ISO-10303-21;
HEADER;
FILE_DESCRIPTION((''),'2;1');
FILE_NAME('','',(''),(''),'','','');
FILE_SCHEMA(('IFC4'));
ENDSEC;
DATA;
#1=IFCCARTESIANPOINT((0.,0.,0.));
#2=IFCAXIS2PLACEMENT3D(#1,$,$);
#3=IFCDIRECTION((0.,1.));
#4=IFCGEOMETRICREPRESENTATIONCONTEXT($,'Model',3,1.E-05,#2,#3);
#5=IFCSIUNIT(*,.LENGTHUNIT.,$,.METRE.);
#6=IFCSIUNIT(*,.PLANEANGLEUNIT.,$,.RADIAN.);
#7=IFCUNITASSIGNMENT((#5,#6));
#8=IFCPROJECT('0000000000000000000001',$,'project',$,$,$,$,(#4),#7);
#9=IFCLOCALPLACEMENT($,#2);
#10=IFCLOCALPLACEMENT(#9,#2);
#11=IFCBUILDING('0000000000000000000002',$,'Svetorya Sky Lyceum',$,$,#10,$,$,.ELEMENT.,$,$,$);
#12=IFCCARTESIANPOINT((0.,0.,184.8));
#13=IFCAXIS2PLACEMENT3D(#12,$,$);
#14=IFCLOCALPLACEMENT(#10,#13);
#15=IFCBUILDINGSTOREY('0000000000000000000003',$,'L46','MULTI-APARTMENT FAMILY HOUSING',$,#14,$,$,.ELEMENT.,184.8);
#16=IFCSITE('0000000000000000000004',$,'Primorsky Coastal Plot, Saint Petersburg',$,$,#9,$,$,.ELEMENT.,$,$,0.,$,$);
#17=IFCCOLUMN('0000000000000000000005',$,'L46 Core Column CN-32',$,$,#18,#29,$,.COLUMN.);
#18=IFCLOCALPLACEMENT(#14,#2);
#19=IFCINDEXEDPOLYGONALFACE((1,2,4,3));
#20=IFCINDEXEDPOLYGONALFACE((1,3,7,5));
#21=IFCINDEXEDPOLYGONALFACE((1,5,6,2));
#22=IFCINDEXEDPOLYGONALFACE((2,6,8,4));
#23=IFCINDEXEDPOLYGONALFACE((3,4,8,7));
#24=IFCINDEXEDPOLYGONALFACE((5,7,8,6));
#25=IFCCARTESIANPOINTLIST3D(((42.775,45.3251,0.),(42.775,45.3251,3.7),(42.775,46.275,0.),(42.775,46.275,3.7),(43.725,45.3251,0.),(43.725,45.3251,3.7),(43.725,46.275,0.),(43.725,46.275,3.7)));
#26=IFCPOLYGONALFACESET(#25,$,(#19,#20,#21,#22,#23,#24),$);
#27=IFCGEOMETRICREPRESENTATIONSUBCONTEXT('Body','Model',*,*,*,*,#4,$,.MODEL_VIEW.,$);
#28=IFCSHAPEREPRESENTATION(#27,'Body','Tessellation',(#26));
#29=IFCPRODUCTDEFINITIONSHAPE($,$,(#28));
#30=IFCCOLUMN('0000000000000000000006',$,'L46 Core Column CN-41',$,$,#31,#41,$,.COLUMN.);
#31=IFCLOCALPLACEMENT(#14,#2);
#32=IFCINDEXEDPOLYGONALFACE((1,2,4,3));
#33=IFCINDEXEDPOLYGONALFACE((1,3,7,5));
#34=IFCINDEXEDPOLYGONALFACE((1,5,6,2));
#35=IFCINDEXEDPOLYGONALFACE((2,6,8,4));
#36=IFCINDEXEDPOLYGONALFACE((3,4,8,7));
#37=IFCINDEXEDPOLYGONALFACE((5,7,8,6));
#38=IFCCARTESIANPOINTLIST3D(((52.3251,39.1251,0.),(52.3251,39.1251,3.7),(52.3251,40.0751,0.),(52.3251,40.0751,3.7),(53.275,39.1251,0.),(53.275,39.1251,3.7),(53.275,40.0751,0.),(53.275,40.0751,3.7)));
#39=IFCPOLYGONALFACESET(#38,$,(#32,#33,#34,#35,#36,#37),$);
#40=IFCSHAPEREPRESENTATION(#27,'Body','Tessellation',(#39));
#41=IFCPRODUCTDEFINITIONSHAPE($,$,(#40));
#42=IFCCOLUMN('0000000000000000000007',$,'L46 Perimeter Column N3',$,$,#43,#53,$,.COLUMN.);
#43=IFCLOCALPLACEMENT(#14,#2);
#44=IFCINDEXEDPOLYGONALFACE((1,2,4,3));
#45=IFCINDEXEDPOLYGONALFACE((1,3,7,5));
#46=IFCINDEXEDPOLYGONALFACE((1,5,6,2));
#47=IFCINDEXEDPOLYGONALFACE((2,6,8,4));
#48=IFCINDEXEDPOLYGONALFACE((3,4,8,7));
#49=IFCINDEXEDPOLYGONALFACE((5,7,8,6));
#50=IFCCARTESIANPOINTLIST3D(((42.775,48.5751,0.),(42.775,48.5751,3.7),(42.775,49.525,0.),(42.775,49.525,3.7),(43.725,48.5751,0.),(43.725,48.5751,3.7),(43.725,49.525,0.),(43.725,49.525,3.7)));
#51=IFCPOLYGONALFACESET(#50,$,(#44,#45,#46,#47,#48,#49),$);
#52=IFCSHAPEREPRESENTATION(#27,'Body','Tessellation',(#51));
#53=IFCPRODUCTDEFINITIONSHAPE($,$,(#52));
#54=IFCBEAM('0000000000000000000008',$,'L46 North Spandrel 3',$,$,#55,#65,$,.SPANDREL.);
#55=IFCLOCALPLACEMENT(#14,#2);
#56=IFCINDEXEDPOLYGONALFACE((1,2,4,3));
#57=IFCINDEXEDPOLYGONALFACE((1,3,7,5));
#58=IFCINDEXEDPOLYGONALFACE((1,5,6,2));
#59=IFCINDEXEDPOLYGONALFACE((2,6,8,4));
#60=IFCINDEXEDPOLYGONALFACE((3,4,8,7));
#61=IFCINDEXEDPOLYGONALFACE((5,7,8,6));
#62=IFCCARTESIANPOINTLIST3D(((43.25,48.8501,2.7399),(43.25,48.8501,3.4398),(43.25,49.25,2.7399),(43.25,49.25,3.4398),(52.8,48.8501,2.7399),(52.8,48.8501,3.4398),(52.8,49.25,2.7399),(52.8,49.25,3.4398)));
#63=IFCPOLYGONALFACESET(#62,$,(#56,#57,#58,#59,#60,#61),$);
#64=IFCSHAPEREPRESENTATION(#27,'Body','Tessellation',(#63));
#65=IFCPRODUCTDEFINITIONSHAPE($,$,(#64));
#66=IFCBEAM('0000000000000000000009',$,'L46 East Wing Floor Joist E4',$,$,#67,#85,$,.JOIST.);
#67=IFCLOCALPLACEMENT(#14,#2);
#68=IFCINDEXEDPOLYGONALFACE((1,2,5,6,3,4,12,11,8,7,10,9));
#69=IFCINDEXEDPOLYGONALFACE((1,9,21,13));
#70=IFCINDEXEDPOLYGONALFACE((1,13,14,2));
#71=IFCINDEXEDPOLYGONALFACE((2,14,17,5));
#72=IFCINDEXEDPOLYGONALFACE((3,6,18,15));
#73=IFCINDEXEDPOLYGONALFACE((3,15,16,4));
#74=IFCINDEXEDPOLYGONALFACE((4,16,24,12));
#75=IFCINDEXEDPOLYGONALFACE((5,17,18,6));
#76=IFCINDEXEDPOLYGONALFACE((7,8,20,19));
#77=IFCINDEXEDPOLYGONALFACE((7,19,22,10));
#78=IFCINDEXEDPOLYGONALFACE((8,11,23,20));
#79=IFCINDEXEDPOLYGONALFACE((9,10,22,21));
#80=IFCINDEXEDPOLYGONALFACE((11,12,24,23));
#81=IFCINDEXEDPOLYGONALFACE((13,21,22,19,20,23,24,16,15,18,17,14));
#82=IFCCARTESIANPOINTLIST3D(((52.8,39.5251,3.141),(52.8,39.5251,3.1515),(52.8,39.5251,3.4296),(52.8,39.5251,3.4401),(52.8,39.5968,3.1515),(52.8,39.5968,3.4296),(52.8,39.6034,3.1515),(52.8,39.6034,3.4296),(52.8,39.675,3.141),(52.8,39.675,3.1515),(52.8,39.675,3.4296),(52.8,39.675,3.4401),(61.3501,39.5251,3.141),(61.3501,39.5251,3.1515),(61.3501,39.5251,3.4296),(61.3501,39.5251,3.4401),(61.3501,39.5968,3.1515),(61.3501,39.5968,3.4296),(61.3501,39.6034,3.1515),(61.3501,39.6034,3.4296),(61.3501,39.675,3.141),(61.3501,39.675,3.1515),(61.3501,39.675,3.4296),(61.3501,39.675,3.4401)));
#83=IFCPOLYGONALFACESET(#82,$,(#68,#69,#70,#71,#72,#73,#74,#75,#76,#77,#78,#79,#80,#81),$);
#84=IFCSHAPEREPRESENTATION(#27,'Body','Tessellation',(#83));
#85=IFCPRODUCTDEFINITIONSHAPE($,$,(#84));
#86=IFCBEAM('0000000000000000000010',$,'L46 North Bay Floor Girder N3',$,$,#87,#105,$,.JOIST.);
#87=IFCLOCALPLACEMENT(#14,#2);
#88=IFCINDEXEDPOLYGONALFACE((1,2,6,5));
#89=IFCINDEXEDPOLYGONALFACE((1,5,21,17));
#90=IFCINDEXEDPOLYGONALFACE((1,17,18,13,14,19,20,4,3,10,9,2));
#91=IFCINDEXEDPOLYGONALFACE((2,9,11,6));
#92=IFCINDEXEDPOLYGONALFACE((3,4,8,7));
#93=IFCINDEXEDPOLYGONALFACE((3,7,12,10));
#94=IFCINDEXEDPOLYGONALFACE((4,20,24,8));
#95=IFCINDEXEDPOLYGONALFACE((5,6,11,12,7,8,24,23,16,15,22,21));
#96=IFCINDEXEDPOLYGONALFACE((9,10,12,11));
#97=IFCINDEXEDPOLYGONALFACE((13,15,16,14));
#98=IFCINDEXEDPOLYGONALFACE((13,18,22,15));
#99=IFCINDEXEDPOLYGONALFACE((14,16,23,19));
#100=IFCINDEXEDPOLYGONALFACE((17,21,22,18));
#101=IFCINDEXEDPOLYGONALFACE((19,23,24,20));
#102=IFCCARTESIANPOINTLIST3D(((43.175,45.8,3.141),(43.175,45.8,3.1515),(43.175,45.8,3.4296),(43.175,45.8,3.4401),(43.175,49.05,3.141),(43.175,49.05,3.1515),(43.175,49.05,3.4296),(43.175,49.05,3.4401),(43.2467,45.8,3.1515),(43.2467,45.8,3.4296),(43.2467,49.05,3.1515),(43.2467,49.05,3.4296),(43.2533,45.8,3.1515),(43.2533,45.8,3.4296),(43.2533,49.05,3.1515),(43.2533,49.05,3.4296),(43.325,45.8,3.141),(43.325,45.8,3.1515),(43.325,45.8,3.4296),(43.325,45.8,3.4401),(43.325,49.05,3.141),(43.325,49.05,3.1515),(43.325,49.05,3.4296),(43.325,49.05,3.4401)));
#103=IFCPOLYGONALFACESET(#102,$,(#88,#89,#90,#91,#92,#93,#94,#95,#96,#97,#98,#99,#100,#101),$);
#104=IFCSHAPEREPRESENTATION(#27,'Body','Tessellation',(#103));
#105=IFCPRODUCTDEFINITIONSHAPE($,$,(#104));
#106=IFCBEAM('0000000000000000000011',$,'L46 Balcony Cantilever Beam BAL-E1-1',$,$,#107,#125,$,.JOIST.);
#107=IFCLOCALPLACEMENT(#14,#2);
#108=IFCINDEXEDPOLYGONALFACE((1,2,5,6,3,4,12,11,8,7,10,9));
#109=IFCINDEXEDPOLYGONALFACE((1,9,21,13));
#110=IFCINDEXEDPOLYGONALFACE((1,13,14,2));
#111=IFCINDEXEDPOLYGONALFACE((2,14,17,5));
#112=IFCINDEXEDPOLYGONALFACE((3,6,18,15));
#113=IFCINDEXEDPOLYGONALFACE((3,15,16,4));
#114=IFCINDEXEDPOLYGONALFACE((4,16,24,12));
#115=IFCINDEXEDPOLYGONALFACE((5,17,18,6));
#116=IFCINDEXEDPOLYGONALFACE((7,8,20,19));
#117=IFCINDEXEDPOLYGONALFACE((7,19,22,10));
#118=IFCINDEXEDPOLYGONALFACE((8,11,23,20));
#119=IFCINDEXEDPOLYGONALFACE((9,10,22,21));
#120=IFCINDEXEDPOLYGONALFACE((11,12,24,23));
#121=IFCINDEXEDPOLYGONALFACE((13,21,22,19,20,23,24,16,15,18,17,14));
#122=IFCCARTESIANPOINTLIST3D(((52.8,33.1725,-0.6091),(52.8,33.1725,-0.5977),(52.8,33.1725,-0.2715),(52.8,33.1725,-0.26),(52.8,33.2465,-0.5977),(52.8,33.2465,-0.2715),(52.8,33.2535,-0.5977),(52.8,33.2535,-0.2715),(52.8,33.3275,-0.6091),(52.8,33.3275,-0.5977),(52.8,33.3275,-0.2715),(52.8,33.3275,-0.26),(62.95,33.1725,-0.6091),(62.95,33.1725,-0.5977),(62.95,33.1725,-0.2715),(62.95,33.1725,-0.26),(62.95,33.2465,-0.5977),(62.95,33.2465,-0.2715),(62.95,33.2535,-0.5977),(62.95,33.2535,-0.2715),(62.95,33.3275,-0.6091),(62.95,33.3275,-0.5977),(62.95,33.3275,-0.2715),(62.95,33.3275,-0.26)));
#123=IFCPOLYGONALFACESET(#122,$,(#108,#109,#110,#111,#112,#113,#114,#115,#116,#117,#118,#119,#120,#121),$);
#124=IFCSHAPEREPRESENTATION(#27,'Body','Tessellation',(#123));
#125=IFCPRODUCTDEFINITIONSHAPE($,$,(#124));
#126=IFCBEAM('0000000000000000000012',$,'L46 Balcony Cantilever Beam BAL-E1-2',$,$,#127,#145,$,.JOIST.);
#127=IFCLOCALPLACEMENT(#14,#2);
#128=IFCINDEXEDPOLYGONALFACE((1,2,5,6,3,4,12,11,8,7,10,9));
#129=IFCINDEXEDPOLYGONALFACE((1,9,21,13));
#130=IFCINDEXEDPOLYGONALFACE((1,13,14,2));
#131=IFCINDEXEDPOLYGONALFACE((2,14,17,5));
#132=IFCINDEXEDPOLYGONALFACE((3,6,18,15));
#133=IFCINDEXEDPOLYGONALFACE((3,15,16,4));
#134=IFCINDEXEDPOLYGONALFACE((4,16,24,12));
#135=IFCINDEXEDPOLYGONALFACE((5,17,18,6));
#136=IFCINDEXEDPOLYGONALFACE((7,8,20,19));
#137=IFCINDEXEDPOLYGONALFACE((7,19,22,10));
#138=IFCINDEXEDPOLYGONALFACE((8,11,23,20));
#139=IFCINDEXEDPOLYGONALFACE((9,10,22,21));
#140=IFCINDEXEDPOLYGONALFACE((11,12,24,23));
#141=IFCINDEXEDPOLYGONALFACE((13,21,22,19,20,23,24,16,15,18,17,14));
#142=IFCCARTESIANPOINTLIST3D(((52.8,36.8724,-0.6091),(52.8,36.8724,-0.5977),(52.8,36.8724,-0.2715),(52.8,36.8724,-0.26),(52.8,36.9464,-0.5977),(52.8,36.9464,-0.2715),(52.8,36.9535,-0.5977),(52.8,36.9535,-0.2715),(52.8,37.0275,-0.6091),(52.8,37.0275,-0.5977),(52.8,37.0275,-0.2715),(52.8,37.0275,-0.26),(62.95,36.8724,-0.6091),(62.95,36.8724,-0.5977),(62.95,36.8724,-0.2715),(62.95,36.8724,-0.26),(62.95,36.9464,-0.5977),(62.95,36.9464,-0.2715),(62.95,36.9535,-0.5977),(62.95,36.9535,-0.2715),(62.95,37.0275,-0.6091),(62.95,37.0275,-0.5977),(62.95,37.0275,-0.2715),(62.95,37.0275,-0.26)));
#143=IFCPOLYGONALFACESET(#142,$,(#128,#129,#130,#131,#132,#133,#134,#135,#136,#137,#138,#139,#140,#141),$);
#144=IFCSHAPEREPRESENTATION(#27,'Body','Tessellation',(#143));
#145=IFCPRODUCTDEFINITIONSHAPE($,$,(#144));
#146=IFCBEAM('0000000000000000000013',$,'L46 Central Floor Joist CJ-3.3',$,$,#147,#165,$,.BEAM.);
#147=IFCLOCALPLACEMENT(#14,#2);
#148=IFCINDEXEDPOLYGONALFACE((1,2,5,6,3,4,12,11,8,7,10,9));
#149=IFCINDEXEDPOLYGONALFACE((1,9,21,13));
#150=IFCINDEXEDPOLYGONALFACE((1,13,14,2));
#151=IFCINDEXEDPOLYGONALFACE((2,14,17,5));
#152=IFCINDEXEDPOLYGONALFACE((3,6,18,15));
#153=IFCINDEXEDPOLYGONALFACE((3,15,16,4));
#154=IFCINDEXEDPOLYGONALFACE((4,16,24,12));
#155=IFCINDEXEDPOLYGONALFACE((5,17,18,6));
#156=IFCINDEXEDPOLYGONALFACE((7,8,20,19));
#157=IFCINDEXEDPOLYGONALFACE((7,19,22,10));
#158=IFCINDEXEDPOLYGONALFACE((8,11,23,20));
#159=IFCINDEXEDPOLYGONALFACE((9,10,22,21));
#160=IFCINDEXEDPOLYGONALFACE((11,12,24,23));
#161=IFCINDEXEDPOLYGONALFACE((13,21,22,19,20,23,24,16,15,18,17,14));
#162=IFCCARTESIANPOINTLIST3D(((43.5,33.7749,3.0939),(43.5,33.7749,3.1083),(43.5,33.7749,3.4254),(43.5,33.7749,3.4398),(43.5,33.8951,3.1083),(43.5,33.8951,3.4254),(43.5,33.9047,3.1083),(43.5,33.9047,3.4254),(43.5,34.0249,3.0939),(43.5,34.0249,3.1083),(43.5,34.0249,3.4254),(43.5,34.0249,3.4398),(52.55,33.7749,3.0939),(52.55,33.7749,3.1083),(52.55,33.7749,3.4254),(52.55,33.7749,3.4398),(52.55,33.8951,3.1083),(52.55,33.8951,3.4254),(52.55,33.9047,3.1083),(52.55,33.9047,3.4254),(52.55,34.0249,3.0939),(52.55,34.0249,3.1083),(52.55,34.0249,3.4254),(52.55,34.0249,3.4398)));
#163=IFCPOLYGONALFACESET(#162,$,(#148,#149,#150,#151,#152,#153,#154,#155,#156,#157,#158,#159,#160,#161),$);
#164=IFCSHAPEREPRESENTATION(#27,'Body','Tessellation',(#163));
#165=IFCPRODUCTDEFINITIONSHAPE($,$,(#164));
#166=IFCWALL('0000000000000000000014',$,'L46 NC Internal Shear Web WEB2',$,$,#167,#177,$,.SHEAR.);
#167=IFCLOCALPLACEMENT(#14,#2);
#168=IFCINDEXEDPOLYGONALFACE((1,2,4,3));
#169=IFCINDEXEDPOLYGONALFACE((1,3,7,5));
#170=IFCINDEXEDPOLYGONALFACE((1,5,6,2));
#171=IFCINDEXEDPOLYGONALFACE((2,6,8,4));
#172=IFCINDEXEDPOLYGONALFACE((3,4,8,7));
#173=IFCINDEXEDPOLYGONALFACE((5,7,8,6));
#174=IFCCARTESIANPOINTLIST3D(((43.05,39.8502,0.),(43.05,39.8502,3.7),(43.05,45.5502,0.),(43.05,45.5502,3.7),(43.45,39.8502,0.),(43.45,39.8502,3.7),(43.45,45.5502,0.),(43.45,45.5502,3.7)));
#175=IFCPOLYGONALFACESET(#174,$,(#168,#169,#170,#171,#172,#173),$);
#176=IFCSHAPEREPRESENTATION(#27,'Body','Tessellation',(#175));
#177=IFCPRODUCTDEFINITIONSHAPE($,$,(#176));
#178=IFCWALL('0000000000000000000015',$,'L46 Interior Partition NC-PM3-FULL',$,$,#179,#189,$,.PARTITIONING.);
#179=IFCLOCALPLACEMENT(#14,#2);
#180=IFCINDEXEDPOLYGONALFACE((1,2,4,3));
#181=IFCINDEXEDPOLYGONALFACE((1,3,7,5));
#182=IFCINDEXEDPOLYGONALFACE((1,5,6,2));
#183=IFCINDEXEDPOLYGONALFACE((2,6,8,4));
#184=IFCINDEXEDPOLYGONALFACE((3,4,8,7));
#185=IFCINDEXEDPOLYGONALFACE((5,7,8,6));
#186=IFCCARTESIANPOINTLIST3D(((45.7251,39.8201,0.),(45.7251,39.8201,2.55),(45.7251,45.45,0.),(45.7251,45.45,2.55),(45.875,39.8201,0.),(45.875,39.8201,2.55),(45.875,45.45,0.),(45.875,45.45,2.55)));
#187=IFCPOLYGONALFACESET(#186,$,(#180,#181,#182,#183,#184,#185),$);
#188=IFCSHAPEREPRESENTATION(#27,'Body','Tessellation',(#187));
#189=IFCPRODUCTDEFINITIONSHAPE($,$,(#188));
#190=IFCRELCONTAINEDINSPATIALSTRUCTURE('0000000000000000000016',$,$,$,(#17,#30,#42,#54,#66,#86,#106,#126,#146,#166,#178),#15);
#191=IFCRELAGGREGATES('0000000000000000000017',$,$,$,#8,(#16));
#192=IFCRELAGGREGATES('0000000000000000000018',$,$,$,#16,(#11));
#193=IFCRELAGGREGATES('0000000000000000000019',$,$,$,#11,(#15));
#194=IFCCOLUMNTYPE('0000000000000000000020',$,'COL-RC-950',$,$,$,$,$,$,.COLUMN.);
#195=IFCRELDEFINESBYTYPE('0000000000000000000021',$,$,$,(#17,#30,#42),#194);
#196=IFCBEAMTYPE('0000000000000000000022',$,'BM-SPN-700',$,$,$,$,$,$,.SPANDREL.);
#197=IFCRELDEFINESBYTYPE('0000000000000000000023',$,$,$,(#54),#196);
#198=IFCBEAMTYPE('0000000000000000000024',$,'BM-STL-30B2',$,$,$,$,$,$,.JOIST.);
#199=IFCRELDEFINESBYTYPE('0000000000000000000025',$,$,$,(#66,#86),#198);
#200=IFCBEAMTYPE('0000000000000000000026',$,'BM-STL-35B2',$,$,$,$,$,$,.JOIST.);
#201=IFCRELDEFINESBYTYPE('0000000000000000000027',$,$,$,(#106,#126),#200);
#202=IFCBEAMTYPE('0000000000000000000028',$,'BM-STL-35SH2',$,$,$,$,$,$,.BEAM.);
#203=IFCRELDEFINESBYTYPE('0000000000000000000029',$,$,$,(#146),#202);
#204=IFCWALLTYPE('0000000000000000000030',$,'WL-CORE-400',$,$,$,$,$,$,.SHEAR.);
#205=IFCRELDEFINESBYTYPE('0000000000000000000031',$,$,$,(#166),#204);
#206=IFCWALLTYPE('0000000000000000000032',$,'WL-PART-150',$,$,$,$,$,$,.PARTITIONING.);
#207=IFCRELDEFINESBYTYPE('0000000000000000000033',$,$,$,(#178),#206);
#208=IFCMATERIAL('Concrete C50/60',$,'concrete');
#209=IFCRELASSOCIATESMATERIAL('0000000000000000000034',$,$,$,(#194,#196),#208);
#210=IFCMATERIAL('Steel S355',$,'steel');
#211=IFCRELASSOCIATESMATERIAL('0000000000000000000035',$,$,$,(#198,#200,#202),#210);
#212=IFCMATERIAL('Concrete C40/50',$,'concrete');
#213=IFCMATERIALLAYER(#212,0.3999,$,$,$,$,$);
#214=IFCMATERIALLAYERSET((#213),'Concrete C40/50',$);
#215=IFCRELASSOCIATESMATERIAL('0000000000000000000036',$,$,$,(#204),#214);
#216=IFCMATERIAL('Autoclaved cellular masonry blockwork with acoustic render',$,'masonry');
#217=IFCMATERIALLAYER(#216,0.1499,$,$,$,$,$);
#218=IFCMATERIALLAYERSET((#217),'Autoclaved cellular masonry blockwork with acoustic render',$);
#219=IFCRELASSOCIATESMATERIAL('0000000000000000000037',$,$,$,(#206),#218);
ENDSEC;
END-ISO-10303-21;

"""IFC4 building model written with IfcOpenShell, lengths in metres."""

from ifc_helpers import new_model, si_unit, direction, frame, frame_2d, origin, origin_2d, place, context, subcontext, project, spatial, rectangle, i_section, extrude, material, layer, layer_set, material_profile, profile_set, type_object, element, save


model = new_model("IFC4")

# Units and contexts
model_context = context("Model", 3, precision=1e-05, world=origin(), true_north=direction((0.0, 1.0)))
body_context = subcontext(model_context, "Body", "Model", "MODEL_VIEW")
ifc_project = project(units=[si_unit("LENGTHUNIT", "METRE"), si_unit("PLANEANGLEUNIT", "RADIAN")], contexts=[model_context])

# Site, building, storey
site_placement = place(None, origin())
site = spatial("IfcSite", under=ifc_project, at=site_placement, Name="Primorsky Coastal Plot, Saint Petersburg", CompositionType="ELEMENT", RefElevation=0.0)
building_placement = place(site_placement, origin())
building = spatial("IfcBuilding", under=site, at=building_placement, Name="Svetorya Sky Lyceum", CompositionType="ELEMENT")
storey_placement = place(building_placement, frame((0.0, 0.0, 184.8)))
storey = spatial("IfcBuildingStorey", under=building, at=storey_placement, Name="L46", Description="MULTI-APARTMENT FAMILY HOUSING", CompositionType="ELEMENT", Elevation=184.8)

# Columns
ifc_material_1 = material(Name="Concrete C50/60", Category="concrete")
ifc_material_profile_1 = material_profile(ifc_material_1, rectangle(XDim=0.95, YDim=0.95, at=origin_2d()), Name="RC COL 950x950")
ifc_profile_set_1 = profile_set([ifc_material_profile_1], Name="Concrete C50/60")
column_type = type_object("IfcColumnType", Name="COL-RC-950", PredefinedType="COLUMN", material=ifc_profile_set_1)
for number, where, z_axis, x_axis, name in (
    (1, (43.25, 45.8, 0.0), (0.0, 0.0, 1.0), (1.0, 0.0, 0.0), "L46 Core Column CN-32"),
    (2, (52.8, 39.6001, 0.0), (0.0, 0.0, 1.0), (1.0, 0.0, 0.0), "L46 Core Column CN-41"),
    (3, (43.25, 49.05, 0.0), (0.0, 0.0, 1.0), (1.0, 0.0, 0.0), "L46 Perimeter Column N3"),
):
    element("IfcColumn", number, at=place(storey_placement, frame(where, z_axis=z_axis, x_axis=x_axis)), inside=storey, type_object=column_type, Name=name, PredefinedType="COLUMN", context=body_context, shape_type="SweptSolid", body=[
        extrude(rectangle(XDim=0.95, YDim=0.95, at=origin_2d()), origin(), (0.0, 0.0, 1.0), 3.7),
    ])

# Beams
ifc_material_profile_2 = material_profile(ifc_material_1, rectangle(XDim=0.3999, YDim=0.7, at=origin_2d()), Name="RC SPANDREL 400x700")
ifc_profile_set_2 = profile_set([ifc_material_profile_2], Name="Concrete C50/60")
beam_type_1 = type_object("IfcBeamType", Name="BM-SPN-700", PredefinedType="SPANDREL", material=ifc_profile_set_2)
beam_1_placement = place(storey_placement, frame((43.25, 49.05, 3.0898), z_axis=(1.0, 0.0, 0.0), x_axis=(0.0, 1.0, 0.0)))
element("IfcBeam", 4, at=beam_1_placement, inside=storey, type_object=beam_type_1, Name="L46 North Spandrel 3", PredefinedType="SPANDREL", context=body_context, shape_type="SweptSolid", body=[
    extrude(rectangle(XDim=0.3999, YDim=0.7, at=origin_2d()), origin(), (0.0, 0.0, 1.0), 9.55),
])
ifc_material_2 = material(Name="Steel S355", Category="steel")
ifc_material_profile_3 = material_profile(ifc_material_2, i_section(OverallWidth=0.1499, OverallDepth=0.2991, WebThickness=0.0066, FlangeThickness=0.0105, at=origin_2d()), Name="GOST 30B2")
ifc_profile_set_3 = profile_set([ifc_material_profile_3], Name="Steel S355")
beam_type_2 = type_object("IfcBeamType", Name="BM-STL-30B2", PredefinedType="JOIST", material=ifc_profile_set_3)
beam_2_placement = place(storey_placement, frame((52.8, 39.6001, 3.2905), z_axis=(1.0, 0.0, 0.0), x_axis=(0.0, 1.0, 0.0)))
element("IfcBeam", 5, at=beam_2_placement, inside=storey, type_object=beam_type_2, Name="L46 East Wing Floor Joist E4", PredefinedType="JOIST", context=body_context, shape_type="SweptSolid", body=[
    extrude(i_section(OverallWidth=0.1499, OverallDepth=0.2991, WebThickness=0.0066, FlangeThickness=0.0105, at=origin_2d()), origin(), (0.0, 0.0, 1.0), 8.55),
])
beam_3_placement = place(storey_placement, frame((43.25, 45.8, 3.2905), z_axis=(0.0, 1.0, 0.0), x_axis=(-1.0, 0.0, 0.0)))
element("IfcBeam", 6, at=beam_3_placement, inside=storey, type_object=beam_type_2, Name="L46 North Bay Floor Girder N3", PredefinedType="JOIST", context=body_context, shape_type="SweptSolid", body=[
    extrude(i_section(OverallWidth=0.1499, OverallDepth=0.2991, WebThickness=0.0066, FlangeThickness=0.0105, at=origin_2d()), origin(), (0.0, 0.0, 1.0), 3.25),
])
ifc_material_profile_4 = material_profile(ifc_material_2, i_section(OverallWidth=0.155, OverallDepth=0.3491, WebThickness=0.0071, FlangeThickness=0.0115, at=origin_2d()), Name="GOST 35B2")
ifc_profile_set_4 = profile_set([ifc_material_profile_4], Name="Steel S355")
beam_type_3 = type_object("IfcBeamType", Name="BM-STL-35B2", PredefinedType="JOIST", material=ifc_profile_set_4)
for number, where, z_axis, x_axis, name in (
    (7, (52.8, 33.25, -0.4346), (1.0, 0.0, 0.0), (0.0, 1.0, 0.0), "L46 Balcony Cantilever Beam BAL-E1-1"),
    (8, (52.8, 36.95, -0.4346), (1.0, 0.0, 0.0), (0.0, 1.0, 0.0), "L46 Balcony Cantilever Beam BAL-E1-2"),
):
    element("IfcBeam", number, at=place(storey_placement, frame(where, z_axis=z_axis, x_axis=x_axis)), inside=storey, type_object=beam_type_3, Name=name, PredefinedType="JOIST", context=body_context, shape_type="SweptSolid", body=[
        extrude(i_section(OverallWidth=0.155, OverallDepth=0.3491, WebThickness=0.0071, FlangeThickness=0.0115, at=origin_2d()), origin(), (0.0, 0.0, 1.0), 10.1499),
    ])
ifc_material_profile_5 = material_profile(ifc_material_2, i_section(OverallWidth=0.25, OverallDepth=0.3459, WebThickness=0.0095, FlangeThickness=0.0144, at=origin_2d()), Name="GOST 35Sh2")
ifc_profile_set_5 = profile_set([ifc_material_profile_5], Name="Steel S355")
beam_type_4 = type_object("IfcBeamType", Name="BM-STL-35SH2", PredefinedType="BEAM", material=ifc_profile_set_5)
beam_4_placement = place(storey_placement, frame((43.5, 33.8999, 3.2668), z_axis=(1.0, 0.0, 0.0), x_axis=(0.0, 1.0, 0.0)))
element("IfcBeam", 9, at=beam_4_placement, inside=storey, type_object=beam_type_4, Name="L46 Central Floor Joist CJ-3.3", PredefinedType="BEAM", context=body_context, shape_type="SweptSolid", body=[
    extrude(i_section(OverallWidth=0.25, OverallDepth=0.3459, WebThickness=0.0095, FlangeThickness=0.0144, at=origin_2d()), origin(), (0.0, 0.0, 1.0), 9.05),
])

# Wall
ifc_material_3 = material(Name="Concrete C40/50", Category="concrete")
ifc_layer_1 = layer(ifc_material_3, 0.3999)
ifc_layer_set_1 = layer_set([ifc_layer_1], Name="Concrete C40/50")
wall_type_1 = type_object("IfcWallType", Name="WL-CORE-400", PredefinedType="SHEAR", material=ifc_layer_set_1)
wall_1_placement = place(storey_placement, frame((43.25, 39.8501, 0.0), z_axis=(0.0, 0.0, 1.0), x_axis=(0.0, 1.0, 0.0)))
element("IfcWall", 10, at=wall_1_placement, inside=storey, type_object=wall_type_1, Name="L46 NC Internal Shear Web WEB2", PredefinedType="SHEAR", context=body_context, shape_type="SweptSolid", body=[
    extrude(rectangle(XDim=5.7, YDim=0.3999, at=frame_2d((2.8501, 0.0))), origin(), (0.0, 0.0, 1.0), 3.7),
])

# Wall
ifc_material_4 = material(Name="Autoclaved cellular masonry blockwork with acoustic render", Category="masonry")
ifc_layer_2 = layer(ifc_material_4, 0.1499)
ifc_layer_set_2 = layer_set([ifc_layer_2], Name="Autoclaved cellular masonry blockwork with acoustic render")
wall_type_2 = type_object("IfcWallType", Name="WL-PART-150", PredefinedType="PARTITIONING", material=ifc_layer_set_2)
wall_2_placement = place(storey_placement, frame((45.8, 39.8201, 0.0), z_axis=(0.0, 0.0, 1.0), x_axis=(0.0, 1.0, 0.0)))
element("IfcWall", 11, at=wall_2_placement, inside=storey, type_object=wall_type_2, Name="L46 Interior Partition NC-PM3-FULL", PredefinedType="PARTITIONING", context=body_context, shape_type="SweptSolid", body=[
    extrude(rectangle(XDim=5.6299, YDim=0.1499, at=frame_2d((2.8149, 0.0))), origin(), (0.0, 0.0, 1.0), 2.55),
])

save(model, "model.ifc")
